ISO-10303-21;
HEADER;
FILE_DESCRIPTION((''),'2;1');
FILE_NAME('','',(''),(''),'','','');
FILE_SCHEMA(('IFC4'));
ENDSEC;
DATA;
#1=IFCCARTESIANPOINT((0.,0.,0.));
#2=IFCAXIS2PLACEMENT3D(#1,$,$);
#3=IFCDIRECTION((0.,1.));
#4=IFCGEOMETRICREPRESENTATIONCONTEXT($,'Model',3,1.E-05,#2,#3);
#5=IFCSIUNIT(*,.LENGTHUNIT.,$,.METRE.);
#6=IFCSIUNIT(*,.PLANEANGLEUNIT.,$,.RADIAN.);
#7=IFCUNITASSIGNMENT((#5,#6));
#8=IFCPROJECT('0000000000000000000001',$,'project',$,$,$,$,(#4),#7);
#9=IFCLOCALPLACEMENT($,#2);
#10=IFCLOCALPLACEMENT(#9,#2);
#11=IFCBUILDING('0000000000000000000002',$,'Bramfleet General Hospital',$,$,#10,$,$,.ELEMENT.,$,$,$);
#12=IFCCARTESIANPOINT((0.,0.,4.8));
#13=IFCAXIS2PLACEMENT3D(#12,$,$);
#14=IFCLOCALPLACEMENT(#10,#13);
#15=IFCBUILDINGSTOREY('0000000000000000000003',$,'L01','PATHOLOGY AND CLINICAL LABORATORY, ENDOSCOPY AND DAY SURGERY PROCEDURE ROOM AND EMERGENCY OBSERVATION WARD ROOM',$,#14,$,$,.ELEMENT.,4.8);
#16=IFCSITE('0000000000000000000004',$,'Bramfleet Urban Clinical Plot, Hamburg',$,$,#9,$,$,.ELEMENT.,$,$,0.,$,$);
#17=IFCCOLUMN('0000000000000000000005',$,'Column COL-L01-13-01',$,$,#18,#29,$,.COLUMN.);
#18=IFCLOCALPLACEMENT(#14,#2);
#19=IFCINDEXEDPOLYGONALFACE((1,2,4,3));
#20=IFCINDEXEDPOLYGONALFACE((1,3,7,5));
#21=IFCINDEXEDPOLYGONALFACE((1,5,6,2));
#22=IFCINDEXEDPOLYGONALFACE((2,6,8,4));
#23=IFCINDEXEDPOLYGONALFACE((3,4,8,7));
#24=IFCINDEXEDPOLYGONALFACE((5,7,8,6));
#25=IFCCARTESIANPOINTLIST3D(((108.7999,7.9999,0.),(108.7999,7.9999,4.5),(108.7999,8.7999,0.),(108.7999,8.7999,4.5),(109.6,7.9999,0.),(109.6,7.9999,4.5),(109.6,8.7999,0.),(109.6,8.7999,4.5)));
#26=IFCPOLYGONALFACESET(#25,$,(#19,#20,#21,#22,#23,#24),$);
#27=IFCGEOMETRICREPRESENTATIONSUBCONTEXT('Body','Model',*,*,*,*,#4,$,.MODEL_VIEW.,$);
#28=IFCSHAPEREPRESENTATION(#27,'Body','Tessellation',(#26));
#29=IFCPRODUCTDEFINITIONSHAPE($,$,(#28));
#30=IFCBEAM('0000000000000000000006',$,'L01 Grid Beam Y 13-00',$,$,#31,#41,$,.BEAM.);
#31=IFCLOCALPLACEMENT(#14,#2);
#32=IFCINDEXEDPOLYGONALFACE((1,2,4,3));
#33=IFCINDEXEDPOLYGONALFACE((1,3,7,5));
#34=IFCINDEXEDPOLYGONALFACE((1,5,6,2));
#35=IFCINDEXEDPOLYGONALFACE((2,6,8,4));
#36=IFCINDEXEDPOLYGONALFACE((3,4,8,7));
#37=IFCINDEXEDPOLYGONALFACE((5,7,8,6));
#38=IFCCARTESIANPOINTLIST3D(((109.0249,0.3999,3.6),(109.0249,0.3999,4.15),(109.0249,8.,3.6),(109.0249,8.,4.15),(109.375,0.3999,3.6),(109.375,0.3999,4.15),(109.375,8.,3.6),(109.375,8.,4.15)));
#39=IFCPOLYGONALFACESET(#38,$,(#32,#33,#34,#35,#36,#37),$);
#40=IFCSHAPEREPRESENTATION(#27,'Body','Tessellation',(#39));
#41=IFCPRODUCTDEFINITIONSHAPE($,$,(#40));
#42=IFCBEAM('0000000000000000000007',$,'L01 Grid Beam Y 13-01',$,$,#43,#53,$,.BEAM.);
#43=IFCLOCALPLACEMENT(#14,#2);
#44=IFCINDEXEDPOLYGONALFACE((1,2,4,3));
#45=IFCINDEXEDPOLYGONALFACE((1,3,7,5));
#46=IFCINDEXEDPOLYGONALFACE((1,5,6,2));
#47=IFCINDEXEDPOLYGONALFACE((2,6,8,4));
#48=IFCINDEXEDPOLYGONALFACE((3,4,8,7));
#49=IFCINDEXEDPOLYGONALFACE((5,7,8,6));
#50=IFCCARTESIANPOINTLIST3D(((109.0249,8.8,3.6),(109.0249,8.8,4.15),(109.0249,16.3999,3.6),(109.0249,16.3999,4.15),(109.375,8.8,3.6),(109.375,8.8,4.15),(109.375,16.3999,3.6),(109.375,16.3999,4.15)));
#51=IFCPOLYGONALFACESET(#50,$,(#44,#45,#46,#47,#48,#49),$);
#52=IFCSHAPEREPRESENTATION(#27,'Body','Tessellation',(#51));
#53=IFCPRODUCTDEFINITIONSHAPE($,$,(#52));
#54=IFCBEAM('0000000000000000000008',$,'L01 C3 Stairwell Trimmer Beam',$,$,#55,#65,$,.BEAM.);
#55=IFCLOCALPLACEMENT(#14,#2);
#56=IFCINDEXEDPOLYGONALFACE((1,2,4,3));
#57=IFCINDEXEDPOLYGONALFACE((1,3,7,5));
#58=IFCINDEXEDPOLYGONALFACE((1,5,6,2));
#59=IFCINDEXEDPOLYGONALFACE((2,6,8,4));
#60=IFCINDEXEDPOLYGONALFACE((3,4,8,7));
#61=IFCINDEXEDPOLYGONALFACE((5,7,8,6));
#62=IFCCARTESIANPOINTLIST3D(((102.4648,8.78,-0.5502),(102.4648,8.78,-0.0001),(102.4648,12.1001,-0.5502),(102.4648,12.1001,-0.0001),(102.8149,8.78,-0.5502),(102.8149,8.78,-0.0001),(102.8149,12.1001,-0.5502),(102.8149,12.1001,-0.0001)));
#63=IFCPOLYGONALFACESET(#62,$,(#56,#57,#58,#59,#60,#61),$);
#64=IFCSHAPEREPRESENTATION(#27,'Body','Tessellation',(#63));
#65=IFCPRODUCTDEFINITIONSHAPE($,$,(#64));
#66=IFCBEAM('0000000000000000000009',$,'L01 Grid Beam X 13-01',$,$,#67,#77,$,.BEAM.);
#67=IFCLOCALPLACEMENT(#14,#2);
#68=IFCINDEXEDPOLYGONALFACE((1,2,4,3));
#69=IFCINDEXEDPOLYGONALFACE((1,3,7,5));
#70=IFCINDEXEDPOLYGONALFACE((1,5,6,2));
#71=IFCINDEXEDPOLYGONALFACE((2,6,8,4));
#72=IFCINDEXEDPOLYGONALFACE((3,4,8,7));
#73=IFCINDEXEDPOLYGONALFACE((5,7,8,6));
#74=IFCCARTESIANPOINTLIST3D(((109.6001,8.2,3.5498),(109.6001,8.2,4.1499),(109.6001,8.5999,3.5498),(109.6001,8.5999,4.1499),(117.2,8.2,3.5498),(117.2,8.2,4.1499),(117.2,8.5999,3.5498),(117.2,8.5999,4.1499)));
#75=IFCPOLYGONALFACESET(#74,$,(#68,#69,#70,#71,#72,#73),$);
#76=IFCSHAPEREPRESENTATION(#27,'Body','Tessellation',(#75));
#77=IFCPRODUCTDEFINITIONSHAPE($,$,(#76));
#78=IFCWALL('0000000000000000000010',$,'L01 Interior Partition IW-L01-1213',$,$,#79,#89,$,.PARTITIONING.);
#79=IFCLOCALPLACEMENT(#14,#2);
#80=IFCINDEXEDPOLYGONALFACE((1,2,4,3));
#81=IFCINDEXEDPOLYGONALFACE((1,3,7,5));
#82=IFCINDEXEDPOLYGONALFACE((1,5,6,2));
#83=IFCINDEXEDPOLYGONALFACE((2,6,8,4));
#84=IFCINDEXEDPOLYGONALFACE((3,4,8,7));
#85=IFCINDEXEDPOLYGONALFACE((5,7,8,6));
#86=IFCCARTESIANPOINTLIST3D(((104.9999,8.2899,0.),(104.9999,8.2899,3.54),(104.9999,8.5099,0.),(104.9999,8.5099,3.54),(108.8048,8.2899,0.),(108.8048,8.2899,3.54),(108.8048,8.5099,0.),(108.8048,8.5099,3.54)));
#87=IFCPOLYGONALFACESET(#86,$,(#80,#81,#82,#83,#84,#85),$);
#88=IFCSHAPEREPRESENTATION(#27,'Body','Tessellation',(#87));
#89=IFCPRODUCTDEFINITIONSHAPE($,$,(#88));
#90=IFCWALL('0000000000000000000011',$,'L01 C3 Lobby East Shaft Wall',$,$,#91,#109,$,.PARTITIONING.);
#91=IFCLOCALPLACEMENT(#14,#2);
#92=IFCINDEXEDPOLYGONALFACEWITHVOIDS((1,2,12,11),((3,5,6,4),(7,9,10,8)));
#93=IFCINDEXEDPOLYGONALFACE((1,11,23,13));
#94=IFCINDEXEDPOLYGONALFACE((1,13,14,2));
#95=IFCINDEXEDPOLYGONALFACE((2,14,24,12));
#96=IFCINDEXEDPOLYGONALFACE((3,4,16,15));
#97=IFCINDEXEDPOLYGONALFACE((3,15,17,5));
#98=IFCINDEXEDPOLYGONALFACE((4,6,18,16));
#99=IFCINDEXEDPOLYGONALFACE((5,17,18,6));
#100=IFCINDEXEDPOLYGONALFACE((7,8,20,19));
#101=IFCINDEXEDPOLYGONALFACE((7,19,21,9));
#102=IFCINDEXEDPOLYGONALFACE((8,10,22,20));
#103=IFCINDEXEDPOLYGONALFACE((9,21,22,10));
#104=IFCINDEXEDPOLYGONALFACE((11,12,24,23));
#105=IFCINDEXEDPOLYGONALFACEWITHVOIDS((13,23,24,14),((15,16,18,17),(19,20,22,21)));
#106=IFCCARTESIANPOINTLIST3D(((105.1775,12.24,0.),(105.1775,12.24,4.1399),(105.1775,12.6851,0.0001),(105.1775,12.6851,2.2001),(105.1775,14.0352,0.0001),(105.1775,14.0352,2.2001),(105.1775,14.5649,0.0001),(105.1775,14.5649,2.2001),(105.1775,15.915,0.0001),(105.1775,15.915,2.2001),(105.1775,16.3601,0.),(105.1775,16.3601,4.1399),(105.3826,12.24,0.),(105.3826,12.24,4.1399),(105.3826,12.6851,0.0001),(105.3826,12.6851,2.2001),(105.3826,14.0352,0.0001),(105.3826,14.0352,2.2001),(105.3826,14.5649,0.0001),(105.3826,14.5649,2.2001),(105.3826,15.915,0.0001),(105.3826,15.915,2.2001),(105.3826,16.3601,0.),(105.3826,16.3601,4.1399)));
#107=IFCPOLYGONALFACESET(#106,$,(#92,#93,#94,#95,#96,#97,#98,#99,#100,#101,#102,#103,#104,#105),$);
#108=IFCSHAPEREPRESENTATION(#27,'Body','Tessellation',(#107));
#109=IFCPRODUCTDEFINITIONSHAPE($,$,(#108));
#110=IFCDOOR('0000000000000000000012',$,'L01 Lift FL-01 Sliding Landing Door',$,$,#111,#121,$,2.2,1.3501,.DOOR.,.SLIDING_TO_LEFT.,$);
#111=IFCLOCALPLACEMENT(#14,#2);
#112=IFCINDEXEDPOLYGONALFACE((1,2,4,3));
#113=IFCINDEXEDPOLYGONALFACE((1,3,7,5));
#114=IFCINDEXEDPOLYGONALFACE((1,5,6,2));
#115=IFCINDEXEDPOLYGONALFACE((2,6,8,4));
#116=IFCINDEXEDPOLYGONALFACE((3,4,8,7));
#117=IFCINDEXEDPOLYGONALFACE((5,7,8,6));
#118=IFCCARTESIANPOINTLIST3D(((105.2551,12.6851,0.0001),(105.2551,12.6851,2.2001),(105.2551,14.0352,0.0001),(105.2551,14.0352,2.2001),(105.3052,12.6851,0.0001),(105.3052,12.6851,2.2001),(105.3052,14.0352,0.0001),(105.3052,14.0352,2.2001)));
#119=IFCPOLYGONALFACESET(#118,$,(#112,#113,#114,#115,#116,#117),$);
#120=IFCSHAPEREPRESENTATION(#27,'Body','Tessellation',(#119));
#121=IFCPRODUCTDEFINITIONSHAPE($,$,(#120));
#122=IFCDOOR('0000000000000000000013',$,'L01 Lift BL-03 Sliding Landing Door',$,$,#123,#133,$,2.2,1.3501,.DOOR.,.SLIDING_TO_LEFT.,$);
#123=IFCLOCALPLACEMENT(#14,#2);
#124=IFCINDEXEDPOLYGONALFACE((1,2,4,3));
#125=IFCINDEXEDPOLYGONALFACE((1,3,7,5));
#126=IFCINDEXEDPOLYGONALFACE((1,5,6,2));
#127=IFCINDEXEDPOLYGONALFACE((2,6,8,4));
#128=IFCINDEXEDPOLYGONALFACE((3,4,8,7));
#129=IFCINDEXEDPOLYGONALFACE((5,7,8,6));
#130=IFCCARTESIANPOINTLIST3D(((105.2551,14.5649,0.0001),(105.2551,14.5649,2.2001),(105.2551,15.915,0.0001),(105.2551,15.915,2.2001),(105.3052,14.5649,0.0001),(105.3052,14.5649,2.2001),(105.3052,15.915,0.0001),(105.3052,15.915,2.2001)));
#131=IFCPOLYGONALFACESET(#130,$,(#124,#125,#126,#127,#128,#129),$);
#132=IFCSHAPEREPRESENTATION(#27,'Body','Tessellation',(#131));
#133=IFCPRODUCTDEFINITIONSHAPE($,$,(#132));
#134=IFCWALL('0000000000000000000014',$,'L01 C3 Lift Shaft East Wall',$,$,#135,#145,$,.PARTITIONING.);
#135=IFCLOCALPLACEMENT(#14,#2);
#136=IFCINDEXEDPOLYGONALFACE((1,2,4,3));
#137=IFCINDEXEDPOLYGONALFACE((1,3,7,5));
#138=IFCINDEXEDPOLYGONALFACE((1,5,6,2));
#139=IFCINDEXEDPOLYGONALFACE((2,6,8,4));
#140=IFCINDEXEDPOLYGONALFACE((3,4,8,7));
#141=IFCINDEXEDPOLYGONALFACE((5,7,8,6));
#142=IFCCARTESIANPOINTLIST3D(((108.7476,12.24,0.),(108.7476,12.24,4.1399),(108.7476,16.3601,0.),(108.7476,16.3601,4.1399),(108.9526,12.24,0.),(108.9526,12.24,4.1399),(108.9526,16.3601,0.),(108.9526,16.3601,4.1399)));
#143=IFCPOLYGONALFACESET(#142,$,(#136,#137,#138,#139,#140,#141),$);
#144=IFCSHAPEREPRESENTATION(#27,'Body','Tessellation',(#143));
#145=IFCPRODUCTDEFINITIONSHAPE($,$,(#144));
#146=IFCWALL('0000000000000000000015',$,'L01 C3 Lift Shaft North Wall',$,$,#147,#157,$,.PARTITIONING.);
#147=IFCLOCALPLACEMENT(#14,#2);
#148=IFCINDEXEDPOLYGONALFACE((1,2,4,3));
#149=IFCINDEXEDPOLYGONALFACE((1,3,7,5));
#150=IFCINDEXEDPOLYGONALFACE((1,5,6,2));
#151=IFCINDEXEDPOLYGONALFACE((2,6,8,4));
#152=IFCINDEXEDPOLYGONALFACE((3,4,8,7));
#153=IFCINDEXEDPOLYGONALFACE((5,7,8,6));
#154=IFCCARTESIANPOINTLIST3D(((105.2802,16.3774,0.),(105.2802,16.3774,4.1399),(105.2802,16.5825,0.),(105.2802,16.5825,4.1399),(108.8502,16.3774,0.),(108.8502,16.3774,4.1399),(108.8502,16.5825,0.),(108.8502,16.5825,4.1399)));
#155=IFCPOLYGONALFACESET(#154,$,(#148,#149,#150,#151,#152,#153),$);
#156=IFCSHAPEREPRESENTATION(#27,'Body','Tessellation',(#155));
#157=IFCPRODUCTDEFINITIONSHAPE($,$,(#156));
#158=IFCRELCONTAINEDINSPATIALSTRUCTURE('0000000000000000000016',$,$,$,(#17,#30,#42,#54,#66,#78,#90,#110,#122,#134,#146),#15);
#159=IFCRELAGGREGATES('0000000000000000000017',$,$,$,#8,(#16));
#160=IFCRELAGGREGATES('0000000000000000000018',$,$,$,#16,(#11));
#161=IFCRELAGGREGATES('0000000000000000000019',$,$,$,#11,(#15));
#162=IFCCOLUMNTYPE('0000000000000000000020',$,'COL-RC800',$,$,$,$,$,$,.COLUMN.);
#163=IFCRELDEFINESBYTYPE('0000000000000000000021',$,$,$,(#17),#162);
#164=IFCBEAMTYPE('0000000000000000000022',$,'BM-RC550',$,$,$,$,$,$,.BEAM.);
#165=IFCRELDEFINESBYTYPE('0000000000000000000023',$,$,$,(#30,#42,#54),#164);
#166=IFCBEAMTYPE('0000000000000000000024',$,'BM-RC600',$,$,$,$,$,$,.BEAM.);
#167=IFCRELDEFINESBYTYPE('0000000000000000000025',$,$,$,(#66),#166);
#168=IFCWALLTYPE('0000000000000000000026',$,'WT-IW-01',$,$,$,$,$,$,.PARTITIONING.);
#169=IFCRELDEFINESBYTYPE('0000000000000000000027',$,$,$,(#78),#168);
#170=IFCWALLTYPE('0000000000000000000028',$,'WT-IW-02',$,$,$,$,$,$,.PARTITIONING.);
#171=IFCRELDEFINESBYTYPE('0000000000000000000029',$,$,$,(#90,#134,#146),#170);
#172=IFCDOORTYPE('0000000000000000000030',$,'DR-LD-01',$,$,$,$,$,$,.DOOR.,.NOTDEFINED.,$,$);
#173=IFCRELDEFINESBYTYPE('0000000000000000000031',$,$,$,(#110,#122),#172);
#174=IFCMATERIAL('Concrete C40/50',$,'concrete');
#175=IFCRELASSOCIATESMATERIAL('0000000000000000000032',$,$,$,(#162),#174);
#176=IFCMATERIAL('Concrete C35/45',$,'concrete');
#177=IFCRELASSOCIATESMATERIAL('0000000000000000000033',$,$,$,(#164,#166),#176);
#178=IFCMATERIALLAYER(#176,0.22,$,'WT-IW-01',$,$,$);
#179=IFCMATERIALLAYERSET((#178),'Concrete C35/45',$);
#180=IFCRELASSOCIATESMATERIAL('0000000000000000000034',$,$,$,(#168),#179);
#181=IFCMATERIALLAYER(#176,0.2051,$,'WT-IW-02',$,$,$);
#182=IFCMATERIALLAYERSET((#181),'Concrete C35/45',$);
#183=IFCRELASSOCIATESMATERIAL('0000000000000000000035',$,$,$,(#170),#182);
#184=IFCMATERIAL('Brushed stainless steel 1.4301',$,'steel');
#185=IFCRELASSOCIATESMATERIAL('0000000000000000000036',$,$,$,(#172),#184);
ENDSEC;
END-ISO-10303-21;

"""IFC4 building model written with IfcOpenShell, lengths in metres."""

from ifc_helpers import new_model, si_unit, direction, frame, frame_2d, origin, origin_2d, place, context, subcontext, project, spatial, rectangle, extrude, material, layer, layer_set, material_profile, profile_set, type_object, element, fill, save


model = new_model("IFC4")

# Units and contexts
model_context = context("Model", 3, precision=1e-05, world=origin(), true_north=direction((0.0, 1.0)))
body_context = subcontext(model_context, "Body", "Model", "MODEL_VIEW")
ifc_project = project(units=[si_unit("LENGTHUNIT", "METRE"), si_unit("PLANEANGLEUNIT", "RADIAN")], contexts=[model_context])

# Site, building, storey
site_placement = place(None, origin())
site = spatial("IfcSite", under=ifc_project, at=site_placement, Name="Bramfleet Urban Clinical Plot, Hamburg", CompositionType="ELEMENT", RefElevation=0.0)
building_placement = place(site_placement, origin())
building = spatial("IfcBuilding", under=site, at=building_placement, Name="Bramfleet General Hospital", CompositionType="ELEMENT")
storey_placement = place(building_placement, frame((0.0, 0.0, 4.8)))
storey = spatial("IfcBuildingStorey", under=building, at=storey_placement, Name="L01", Description="PATHOLOGY AND CLINICAL LABORATORY, ENDOSCOPY AND DAY SURGERY PROCEDURE ROOM AND EMERGENCY OBSERVATION WARD ROOM", CompositionType="ELEMENT", Elevation=4.8)

# Column
ifc_material_1 = material(Name="Concrete C40/50", Category="concrete")
ifc_material_profile_1 = material_profile(ifc_material_1, rectangle(XDim=0.8, YDim=0.8, at=origin_2d()), Name="RC COL 800x800")
ifc_profile_set_1 = profile_set([ifc_material_profile_1], Name="Concrete C40/50")
column_type = type_object("IfcColumnType", Name="COL-RC800", PredefinedType="COLUMN", material=ifc_profile_set_1)
column_placement = place(storey_placement, frame((109.2, 8.3999, 0.0), z_axis=(0.0, 0.0, 1.0), x_axis=(1.0, 0.0, 0.0)))
element("IfcColumn", 1, at=column_placement, inside=storey, type_object=column_type, Name="Column COL-L01-13-01", PredefinedType="COLUMN", context=body_context, shape_type="SweptSolid", body=[
    extrude(rectangle(XDim=0.8, YDim=0.8, at=origin_2d()), origin(), (0.0, 0.0, 1.0), 4.5),
])

# Beams
ifc_material_2 = material(Name="Concrete C35/45", Category="concrete")
ifc_material_profile_2 = material_profile(ifc_material_2, rectangle(XDim=0.3501, YDim=0.55, at=origin_2d()), Name="RC BM 550x350")
ifc_profile_set_2 = profile_set([ifc_material_profile_2], Name="Concrete C35/45")
beam_type_1 = type_object("IfcBeamType", Name="BM-RC550", PredefinedType="BEAM", material=ifc_profile_set_2)
beam_1_placement = place(storey_placement, frame((109.2, 0.3999, 3.875), z_axis=(0.0, 1.0, 0.0), x_axis=(-1.0, 0.0, 0.0)))
element("IfcBeam", 2, at=beam_1_placement, inside=storey, type_object=beam_type_1, Name="L01 Grid Beam Y 13-00", PredefinedType="BEAM", context=body_context, shape_type="SweptSolid", body=[
    extrude(rectangle(XDim=0.3501, YDim=0.55, at=origin_2d()), origin(), (0.0, 0.0, 1.0), 7.6001),
])
beam_2_placement = place(storey_placement, frame((109.2, 8.8, 3.875), z_axis=(0.0, 1.0, 0.0), x_axis=(-1.0, 0.0, 0.0)))
element("IfcBeam", 3, at=beam_2_placement, inside=storey, type_object=beam_type_1, Name="L01 Grid Beam Y 13-01", PredefinedType="BEAM", context=body_context, shape_type="SweptSolid", body=[
    extrude(rectangle(XDim=0.3501, YDim=0.55, at=origin_2d()), origin(), (0.0, 0.0, 1.0), 7.5999),
])
beam_3_placement = place(storey_placement, frame((102.6399, 8.78, -0.2751), z_axis=(0.0, 1.0, 0.0), x_axis=(-1.0, 0.0, 0.0)))
element("IfcBeam", 4, at=beam_3_placement, inside=storey, type_object=beam_type_1, Name="L01 C3 Stairwell Trimmer Beam", PredefinedType="BEAM", context=body_context, shape_type="SweptSolid", body=[
    extrude(rectangle(XDim=0.3501, YDim=0.55, at=origin_2d()), origin(), (0.0, 0.0, 1.0), 3.3201),
])
ifc_material_profile_3 = material_profile(ifc_material_2, rectangle(XDim=0.3999, YDim=0.6001, at=origin_2d()), Name="RC BM 600x400")
ifc_profile_set_3 = profile_set([ifc_material_profile_3], Name="Concrete C35/45")
beam_type_2 = type_object("IfcBeamType", Name="BM-RC600", PredefinedType="BEAM", material=ifc_profile_set_3)
beam_4_placement = place(storey_placement, frame((109.6001, 8.3999, 3.8499), z_axis=(1.0, 0.0, 0.0), x_axis=(0.0, 1.0, 0.0)))
element("IfcBeam", 5, at=beam_4_placement, inside=storey, type_object=beam_type_2, Name="L01 Grid Beam X 13-01", PredefinedType="BEAM", context=body_context, shape_type="SweptSolid", body=[
    extrude(rectangle(XDim=0.3999, YDim=0.6001, at=origin_2d()), origin(), (0.0, 0.0, 1.0), 7.5999),
])

# Wall
ifc_layer_1 = layer(ifc_material_2, 0.22, Name="WT-IW-01")
ifc_layer_set_1 = layer_set([ifc_layer_1], Name="Concrete C35/45")
wall_type_1 = type_object("IfcWallType", Name="WT-IW-01", PredefinedType="PARTITIONING", material=ifc_layer_set_1)
wall_1_placement = place(storey_placement, frame((105.0, 8.3999, 0.0), z_axis=(0.0, 0.0, 1.0), x_axis=(1.0, 0.0, 0.0)))
element("IfcWall", 6, at=wall_1_placement, inside=storey, type_object=wall_type_1, Name="L01 Interior Partition IW-L01-1213", PredefinedType="PARTITIONING", context=body_context, shape_type="SweptSolid", body=[
    extrude(rectangle(XDim=3.8049, YDim=0.22, at=frame_2d((1.9023, 0.0))), origin(), (0.0, 0.0, 1.0), 3.54),
])

# Wall, openings, doors
ifc_layer_2 = layer(ifc_material_2, 0.2051, Name="WT-IW-02")
ifc_layer_set_2 = layer_set([ifc_layer_2], Name="Concrete C35/45")
wall_type_2 = type_object("IfcWallType", Name="WT-IW-02", PredefinedType="PARTITIONING", material=ifc_layer_set_2)
wall_2_placement = place(storey_placement, frame((105.28, 12.24, 0.0), z_axis=(0.0, 0.0, 1.0), x_axis=(0.0, 1.0, 0.0)))
wall_2 = element("IfcWall", 7, at=wall_2_placement, inside=storey, type_object=wall_type_2, Name="L01 C3 Lobby East Shaft Wall", PredefinedType="PARTITIONING", context=body_context, shape_type="SweptSolid", body=[
    extrude(rectangle(XDim=4.1201, YDim=0.2051, at=frame_2d((2.0601, 0.0))), origin(), (0.0, 0.0, 1.0), 4.1399),
])
opening_1_placement = place(wall_2_placement, frame((0.4451, 0.0, 0.0)))
opening_1 = element("IfcOpeningElement", 8, at=opening_1_placement, cuts=wall_2, PredefinedType="OPENING", context=body_context, shape_type="SweptSolid", body=[
    extrude(rectangle(XDim=1.3501, YDim=2.2, at=frame_2d((0.675, 1.1001))), frame((0.0, 0.1125, 0.0), z_axis=(0.0, -1.0, 0.0), x_axis=(1.0, 0.0, 0.0)), (0.0, 0.0, 1.0), 0.2251),
])
opening_2_placement = place(wall_2_placement, frame((2.325, 0.0, 0.0)))
opening_2 = element("IfcOpeningElement", 9, at=opening_2_placement, cuts=wall_2, PredefinedType="OPENING", context=body_context, shape_type="SweptSolid", body=[
    extrude(rectangle(XDim=1.3501, YDim=2.2, at=frame_2d((0.675, 1.1001))), frame((0.0, 0.1125, 0.0), z_axis=(0.0, -1.0, 0.0), x_axis=(1.0, 0.0, 0.0)), (0.0, 0.0, 1.0), 0.2251),
])
ifc_material_3 = material(Name="Brushed stainless steel 1.4301", Category="steel")
door_type_1 = type_object("IfcDoorType", Name="DR-LD-01", OperationType="NOTDEFINED", PredefinedType="DOOR", material=ifc_material_3)
door_1_placement = place(opening_1_placement, origin())
door_1 = element("IfcDoor", 10, at=door_1_placement, inside=storey, type_object=door_type_1, Name="L01 Lift FL-01 Sliding Landing Door", OperationType="SLIDING_TO_LEFT", OverallHeight=2.2, OverallWidth=1.3501, PredefinedType="DOOR", context=body_context, shape_type="SweptSolid", body=[
    extrude(rectangle(XDim=1.3501, YDim=2.2, at=frame_2d((0.675, 1.1001))), frame((0.0, 0.0249, 0.0), z_axis=(0.0, -1.0, 0.0), x_axis=(1.0, 0.0, 0.0)), (0.0, 0.0, 1.0), 0.05),
])
fill(opening_1, door_1)
door_2_placement = place(opening_2_placement, origin())
door_2 = element("IfcDoor", 11, at=door_2_placement, inside=storey, type_object=door_type_1, Name="L01 Lift BL-03 Sliding Landing Door", OperationType="SLIDING_TO_LEFT", OverallHeight=2.2, OverallWidth=1.3501, PredefinedType="DOOR", context=body_context, shape_type="SweptSolid", body=[
    extrude(rectangle(XDim=1.3501, YDim=2.2, at=frame_2d((0.675, 1.1001))), frame((0.0, 0.0249, 0.0), z_axis=(0.0, -1.0, 0.0), x_axis=(1.0, 0.0, 0.0)), (0.0, 0.0, 1.0), 0.05),
])
fill(opening_2, door_2)

# Walls
wall_3_placement = place(storey_placement, frame((108.8501, 12.24, 0.0), z_axis=(0.0, 0.0, 1.0), x_axis=(0.0, 1.0, 0.0)))
element("IfcWall", 12, at=wall_3_placement, inside=storey, type_object=wall_type_2, Name="L01 C3 Lift Shaft East Wall", PredefinedType="PARTITIONING", context=body_context, shape_type="SweptSolid", body=[
    extrude(rectangle(XDim=4.1201, YDim=0.2051, at=frame_2d((2.0601, 0.0))), origin(), (0.0, 0.0, 1.0), 4.1399),
])
wall_4_placement = place(storey_placement, frame((105.28, 16.48, 0.0), z_axis=(0.0, 0.0, 1.0), x_axis=(1.0, 0.0, 0.0)))
element("IfcWall", 13, at=wall_4_placement, inside=storey, type_object=wall_type_2, Name="L01 C3 Lift Shaft North Wall", PredefinedType="PARTITIONING", context=body_context, shape_type="SweptSolid", body=[
    extrude(rectangle(XDim=3.5701, YDim=0.2051, at=frame_2d((1.7852, 0.0))), origin(), (0.0, 0.0, 1.0), 4.1399),
])

save(model, "model.ifc")
